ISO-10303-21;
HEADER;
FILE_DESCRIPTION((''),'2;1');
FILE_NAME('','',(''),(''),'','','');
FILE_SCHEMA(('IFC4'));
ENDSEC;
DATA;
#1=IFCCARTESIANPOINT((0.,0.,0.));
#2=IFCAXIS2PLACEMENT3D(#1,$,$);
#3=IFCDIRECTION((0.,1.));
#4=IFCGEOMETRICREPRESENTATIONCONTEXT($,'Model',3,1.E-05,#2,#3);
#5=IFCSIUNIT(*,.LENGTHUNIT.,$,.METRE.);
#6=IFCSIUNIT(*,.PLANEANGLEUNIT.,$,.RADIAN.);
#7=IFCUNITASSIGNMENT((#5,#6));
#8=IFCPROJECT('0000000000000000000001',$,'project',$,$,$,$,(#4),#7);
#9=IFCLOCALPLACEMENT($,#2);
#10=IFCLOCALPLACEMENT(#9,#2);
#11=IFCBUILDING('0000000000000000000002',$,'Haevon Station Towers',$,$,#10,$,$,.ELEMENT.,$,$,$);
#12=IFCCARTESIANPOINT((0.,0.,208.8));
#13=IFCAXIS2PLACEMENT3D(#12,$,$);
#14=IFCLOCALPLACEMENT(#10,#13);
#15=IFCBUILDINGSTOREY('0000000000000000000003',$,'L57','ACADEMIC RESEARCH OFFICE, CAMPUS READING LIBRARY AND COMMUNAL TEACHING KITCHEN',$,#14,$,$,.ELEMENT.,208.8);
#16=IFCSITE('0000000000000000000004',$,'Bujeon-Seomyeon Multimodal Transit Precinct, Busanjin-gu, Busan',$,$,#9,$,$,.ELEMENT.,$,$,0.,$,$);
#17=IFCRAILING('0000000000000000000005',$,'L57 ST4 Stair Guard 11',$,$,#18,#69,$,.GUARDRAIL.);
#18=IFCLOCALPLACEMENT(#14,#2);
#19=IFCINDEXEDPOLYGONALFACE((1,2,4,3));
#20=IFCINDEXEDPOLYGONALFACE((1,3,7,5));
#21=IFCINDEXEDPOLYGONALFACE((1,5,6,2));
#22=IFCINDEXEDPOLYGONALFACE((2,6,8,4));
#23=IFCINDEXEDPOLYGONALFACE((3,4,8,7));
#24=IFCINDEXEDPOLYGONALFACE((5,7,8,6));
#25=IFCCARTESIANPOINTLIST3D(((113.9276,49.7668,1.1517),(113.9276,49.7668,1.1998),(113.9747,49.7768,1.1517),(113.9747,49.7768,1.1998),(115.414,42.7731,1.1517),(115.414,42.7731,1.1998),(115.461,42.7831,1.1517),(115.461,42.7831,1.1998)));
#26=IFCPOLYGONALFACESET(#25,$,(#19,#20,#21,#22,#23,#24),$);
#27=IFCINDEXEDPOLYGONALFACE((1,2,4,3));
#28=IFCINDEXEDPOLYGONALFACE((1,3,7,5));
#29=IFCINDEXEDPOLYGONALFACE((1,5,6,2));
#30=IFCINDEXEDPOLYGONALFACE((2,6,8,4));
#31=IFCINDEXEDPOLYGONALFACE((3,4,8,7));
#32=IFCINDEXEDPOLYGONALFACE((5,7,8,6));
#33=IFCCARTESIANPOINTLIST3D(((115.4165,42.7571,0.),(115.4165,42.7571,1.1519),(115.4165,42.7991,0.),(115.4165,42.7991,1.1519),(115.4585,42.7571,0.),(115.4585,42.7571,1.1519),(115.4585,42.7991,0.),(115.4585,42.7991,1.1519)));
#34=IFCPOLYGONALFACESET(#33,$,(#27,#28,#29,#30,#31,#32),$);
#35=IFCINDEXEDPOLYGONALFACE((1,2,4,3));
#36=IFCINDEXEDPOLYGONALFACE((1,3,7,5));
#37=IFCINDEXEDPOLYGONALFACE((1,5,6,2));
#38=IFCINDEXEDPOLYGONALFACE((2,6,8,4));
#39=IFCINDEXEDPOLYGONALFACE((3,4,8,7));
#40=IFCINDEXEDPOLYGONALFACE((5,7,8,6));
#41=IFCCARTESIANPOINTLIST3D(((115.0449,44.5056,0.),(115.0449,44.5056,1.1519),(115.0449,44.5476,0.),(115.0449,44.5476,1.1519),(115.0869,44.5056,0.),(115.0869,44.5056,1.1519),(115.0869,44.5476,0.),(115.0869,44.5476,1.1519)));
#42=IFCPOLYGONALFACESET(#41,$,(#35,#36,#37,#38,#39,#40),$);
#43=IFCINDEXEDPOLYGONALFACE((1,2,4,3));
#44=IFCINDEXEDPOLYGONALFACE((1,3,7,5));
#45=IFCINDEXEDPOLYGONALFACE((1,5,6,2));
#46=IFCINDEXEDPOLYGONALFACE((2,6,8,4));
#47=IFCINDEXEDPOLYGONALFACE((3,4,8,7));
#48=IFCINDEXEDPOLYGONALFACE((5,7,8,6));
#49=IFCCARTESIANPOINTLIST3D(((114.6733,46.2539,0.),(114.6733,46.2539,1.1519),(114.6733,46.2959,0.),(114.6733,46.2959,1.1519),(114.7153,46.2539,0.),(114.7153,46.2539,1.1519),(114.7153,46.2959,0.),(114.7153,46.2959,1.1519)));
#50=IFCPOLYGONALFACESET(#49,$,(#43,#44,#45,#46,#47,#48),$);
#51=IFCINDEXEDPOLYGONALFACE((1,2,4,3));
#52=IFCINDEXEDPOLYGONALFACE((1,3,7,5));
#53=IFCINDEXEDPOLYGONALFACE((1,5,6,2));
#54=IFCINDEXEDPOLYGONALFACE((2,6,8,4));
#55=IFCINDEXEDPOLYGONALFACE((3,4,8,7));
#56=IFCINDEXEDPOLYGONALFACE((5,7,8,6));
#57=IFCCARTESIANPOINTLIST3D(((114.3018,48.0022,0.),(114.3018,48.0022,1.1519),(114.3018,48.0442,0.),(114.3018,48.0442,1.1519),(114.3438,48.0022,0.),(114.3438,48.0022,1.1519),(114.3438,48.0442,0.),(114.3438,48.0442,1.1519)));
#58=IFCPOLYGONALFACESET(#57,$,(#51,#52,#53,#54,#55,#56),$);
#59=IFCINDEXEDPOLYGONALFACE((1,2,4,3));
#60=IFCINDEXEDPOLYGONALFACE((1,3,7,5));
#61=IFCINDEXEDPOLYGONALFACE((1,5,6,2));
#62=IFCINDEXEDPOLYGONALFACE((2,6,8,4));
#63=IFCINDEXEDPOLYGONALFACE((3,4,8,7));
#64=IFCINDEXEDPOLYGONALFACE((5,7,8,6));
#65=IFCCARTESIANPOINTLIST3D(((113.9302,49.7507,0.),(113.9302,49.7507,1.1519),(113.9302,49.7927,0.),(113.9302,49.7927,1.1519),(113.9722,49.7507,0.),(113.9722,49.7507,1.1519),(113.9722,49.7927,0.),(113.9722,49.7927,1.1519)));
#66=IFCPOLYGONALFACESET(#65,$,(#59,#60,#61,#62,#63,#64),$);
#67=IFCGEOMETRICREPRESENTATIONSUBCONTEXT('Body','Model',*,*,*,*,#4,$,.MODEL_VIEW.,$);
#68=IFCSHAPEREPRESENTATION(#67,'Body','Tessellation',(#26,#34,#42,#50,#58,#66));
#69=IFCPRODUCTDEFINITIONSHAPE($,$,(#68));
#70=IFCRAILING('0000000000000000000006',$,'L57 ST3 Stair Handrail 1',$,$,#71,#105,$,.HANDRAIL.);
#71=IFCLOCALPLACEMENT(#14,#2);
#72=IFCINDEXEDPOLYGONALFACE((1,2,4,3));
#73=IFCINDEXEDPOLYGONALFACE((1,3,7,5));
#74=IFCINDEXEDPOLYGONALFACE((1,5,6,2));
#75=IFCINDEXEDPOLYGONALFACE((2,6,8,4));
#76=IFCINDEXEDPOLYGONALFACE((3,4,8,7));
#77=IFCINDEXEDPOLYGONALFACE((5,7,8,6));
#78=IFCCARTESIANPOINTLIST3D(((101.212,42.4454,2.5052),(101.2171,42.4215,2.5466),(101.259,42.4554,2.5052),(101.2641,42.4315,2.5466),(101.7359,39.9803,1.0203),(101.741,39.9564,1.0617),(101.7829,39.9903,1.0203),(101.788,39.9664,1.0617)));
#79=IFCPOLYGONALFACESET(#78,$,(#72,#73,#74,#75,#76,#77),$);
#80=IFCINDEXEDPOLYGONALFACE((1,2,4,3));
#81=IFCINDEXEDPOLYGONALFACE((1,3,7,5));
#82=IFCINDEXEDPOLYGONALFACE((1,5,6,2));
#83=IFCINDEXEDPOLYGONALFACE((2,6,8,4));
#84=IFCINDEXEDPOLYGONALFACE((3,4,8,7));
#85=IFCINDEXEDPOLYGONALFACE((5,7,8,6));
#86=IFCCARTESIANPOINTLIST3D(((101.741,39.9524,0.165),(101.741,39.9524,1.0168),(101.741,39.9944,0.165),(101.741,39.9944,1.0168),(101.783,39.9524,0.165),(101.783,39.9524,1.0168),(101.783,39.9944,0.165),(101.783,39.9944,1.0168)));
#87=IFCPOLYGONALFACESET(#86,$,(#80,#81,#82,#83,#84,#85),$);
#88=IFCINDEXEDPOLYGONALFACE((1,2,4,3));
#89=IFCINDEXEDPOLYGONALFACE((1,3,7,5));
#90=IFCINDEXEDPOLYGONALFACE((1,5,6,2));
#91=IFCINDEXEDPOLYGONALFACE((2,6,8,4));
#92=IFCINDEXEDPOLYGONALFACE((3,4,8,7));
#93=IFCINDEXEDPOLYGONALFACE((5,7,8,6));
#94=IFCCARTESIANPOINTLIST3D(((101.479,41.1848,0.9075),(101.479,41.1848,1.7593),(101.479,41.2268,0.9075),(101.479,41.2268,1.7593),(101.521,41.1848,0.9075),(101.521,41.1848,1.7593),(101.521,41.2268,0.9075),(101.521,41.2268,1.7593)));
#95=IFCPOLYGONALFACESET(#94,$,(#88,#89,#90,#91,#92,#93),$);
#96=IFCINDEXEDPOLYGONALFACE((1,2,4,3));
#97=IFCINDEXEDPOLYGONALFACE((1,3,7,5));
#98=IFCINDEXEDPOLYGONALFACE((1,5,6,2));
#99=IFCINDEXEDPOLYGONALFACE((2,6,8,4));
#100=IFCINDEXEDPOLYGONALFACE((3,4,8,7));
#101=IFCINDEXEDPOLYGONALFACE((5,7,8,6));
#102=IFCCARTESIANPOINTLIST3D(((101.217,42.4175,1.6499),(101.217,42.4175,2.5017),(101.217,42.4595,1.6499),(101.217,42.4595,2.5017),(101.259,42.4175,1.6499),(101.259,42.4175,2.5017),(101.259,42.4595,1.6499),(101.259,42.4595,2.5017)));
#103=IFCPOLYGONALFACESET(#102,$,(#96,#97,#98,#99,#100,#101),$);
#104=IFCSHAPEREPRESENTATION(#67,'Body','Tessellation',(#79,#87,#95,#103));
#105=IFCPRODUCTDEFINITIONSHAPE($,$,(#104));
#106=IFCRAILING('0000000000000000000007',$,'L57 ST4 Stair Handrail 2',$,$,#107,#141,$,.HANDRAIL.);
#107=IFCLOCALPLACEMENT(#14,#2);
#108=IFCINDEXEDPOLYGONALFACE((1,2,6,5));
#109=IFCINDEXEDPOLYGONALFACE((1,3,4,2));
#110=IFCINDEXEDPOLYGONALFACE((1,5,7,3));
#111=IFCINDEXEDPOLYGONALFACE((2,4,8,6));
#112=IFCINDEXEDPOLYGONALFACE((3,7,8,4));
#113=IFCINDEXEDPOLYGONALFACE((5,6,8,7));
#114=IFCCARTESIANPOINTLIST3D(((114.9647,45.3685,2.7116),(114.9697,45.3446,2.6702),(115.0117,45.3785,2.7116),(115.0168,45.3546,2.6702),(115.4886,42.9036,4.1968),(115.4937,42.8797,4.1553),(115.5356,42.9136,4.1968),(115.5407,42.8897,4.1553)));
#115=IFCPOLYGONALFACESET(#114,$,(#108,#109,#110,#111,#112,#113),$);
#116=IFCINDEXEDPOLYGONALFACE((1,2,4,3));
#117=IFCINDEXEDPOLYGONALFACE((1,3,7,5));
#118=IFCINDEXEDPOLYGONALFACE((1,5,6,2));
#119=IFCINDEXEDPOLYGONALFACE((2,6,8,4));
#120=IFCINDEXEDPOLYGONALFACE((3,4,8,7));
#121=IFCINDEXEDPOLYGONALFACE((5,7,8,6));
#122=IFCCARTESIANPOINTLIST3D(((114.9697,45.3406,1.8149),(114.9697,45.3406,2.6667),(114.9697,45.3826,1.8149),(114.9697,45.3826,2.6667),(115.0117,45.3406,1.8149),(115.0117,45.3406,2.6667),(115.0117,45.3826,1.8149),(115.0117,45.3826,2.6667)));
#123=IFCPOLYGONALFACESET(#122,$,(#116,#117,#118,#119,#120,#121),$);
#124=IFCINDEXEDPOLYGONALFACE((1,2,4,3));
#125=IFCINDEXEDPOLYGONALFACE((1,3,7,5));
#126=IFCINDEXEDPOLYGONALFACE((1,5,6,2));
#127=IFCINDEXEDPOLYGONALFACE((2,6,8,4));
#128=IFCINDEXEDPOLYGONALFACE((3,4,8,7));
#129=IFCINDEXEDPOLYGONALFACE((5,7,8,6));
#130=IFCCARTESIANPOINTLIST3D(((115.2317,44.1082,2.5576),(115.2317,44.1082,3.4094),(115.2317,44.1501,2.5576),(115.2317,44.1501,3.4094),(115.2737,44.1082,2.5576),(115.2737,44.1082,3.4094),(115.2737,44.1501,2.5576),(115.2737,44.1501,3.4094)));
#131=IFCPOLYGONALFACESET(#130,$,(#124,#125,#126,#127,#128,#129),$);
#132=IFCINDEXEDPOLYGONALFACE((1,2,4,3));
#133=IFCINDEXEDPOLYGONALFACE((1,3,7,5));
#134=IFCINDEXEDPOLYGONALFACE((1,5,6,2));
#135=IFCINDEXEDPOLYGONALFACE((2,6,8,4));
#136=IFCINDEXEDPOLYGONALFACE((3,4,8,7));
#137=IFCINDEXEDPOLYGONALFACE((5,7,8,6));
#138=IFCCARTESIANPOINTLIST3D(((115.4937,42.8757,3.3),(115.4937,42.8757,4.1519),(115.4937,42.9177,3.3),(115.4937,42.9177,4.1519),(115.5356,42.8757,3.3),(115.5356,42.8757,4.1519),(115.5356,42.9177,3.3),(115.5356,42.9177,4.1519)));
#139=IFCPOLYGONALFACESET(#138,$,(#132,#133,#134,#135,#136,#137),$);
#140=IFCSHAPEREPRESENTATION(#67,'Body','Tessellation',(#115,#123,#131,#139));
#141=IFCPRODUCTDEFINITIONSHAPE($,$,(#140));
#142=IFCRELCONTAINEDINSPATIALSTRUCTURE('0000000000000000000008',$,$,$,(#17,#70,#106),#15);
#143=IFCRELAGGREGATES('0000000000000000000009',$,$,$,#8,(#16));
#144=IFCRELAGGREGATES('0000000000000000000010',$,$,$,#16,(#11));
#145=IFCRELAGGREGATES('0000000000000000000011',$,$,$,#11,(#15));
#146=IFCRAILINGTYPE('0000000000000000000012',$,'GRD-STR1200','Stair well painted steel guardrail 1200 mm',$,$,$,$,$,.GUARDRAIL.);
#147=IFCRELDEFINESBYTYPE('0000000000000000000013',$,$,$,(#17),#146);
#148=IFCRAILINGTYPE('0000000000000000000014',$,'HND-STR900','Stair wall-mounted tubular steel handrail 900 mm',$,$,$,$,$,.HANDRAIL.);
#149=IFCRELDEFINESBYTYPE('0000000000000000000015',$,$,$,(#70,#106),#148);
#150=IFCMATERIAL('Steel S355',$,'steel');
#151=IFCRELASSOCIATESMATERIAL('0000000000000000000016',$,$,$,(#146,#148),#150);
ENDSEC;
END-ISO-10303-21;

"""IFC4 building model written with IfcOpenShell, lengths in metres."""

from ifc_helpers import new_model, si_unit, direction, frame, origin, origin_2d, place, context, subcontext, project, spatial, rectangle, extrude, material, type_object, element, save


model = new_model("IFC4")

# Units and contexts
model_context = context("Model", 3, precision=1e-05, world=origin(), true_north=direction((0.0, 1.0)))
body_context = subcontext(model_context, "Body", "Model", "MODEL_VIEW")
ifc_project = project(units=[si_unit("LENGTHUNIT", "METRE"), si_unit("PLANEANGLEUNIT", "RADIAN")], contexts=[model_context])

# Site, building, storey
site_placement = place(None, origin())
site = spatial("IfcSite", under=ifc_project, at=site_placement, Name="Bujeon-Seomyeon Multimodal Transit Precinct, Busanjin-gu, Busan", CompositionType="ELEMENT", RefElevation=0.0)
building_placement = place(site_placement, origin())
building = spatial("IfcBuilding", under=site, at=building_placement, Name="Haevon Station Towers", CompositionType="ELEMENT")
storey_placement = place(building_placement, frame((0.0, 0.0, 208.8)))
storey = spatial("IfcBuildingStorey", under=building, at=storey_placement, Name="L57", Description="ACADEMIC RESEARCH OFFICE, CAMPUS READING LIBRARY AND COMMUNAL TEACHING KITCHEN", CompositionType="ELEMENT", Elevation=208.8)

# Shared definitions
ifc_material_1 = material(Name="Steel S355", Category="steel")

# Railings
railing_type_1 = type_object("IfcRailingType", Name="GRD-STR1200", Description="Stair well painted steel guardrail 1200 mm", PredefinedType="GUARDRAIL", material=ifc_material_1)
railing_1_placement = place(storey_placement, frame((115.4375, 42.7781, 0.0)))
element("IfcRailing", 1, at=railing_1_placement, inside=storey, type_object=railing_type_1, Name="L57 ST4 Stair Guard 11", PredefinedType="GUARDRAIL", context=body_context, shape_type="SweptSolid", body=[
    extrude(rectangle(XDim=0.0481, YDim=0.0481, at=origin_2d()), frame((0.0, 0.0, 1.1758), z_axis=(-0.207882, 0.978154, 0.0), x_axis=(-0.978154, -0.207882, 0.0)), (0.0, 0.0, 1.0), 7.1499),
    extrude(rectangle(XDim=0.042, YDim=0.042, at=origin_2d()), origin(), (0.0, 0.0, 1.0), 1.1519),
    extrude(rectangle(XDim=0.042, YDim=0.042, at=origin_2d()), frame((-0.3716, 1.7485, 0.0)), (0.0, 0.0, 1.0), 1.1519),
    extrude(rectangle(XDim=0.042, YDim=0.042, at=origin_2d()), frame((-0.7432, 3.4968, 0.0)), (0.0, 0.0, 1.0), 1.1519),
    extrude(rectangle(XDim=0.042, YDim=0.042, at=origin_2d()), frame((-1.1147, 5.2451, 0.0)), (0.0, 0.0, 1.0), 1.1519),
    extrude(rectangle(XDim=0.042, YDim=0.042, at=origin_2d()), frame((-1.4863, 6.9937, 0.0)), (0.0, 0.0, 1.0), 1.1519),
])
railing_type_2 = type_object("IfcRailingType", Name="HND-STR900", Description="Stair wall-mounted tubular steel handrail 900 mm", PredefinedType="HANDRAIL", material=ifc_material_1)
railing_2_placement = place(storey_placement, frame((101.762, 39.9734, 0.165)))
element("IfcRailing", 2, at=railing_2_placement, inside=storey, type_object=railing_type_2, Name="L57 ST3 Stair Handrail 1", PredefinedType="HANDRAIL", context=body_context, shape_type="SweptSolid", body=[
    extrude(rectangle(XDim=0.0481, YDim=0.0481, at=origin_2d()), frame((0.0, 0.0, 0.876), z_axis=(-0.179116, 0.842748, 0.507635), x_axis=(-0.978151, -0.207895, 0.0)), (0.0, 0.0, 1.0), 2.925),
    extrude(rectangle(XDim=0.042, YDim=0.042, at=origin_2d()), origin(), (0.0, 0.0, 1.0), 0.8518),
    extrude(rectangle(XDim=0.042, YDim=0.042, at=origin_2d()), frame((-0.262, 1.2324, 0.7424)), (0.0, 0.0, 1.0), 0.8518),
    extrude(rectangle(XDim=0.042, YDim=0.042, at=origin_2d()), frame((-0.5239, 2.4651, 1.4849)), (0.0, 0.0, 1.0), 0.8518),
])
railing_3_placement = place(storey_placement, frame((114.9907, 45.3616, 1.8149)))
element("IfcRailing", 3, at=railing_3_placement, inside=storey, type_object=railing_type_2, Name="L57 ST4 Stair Handrail 2", PredefinedType="HANDRAIL", context=body_context, shape_type="SweptSolid", body=[
    extrude(rectangle(XDim=0.0481, YDim=0.0481, at=origin_2d()), frame((0.0, 0.0, 0.876), z_axis=(0.179121, -0.842688, 0.507733), x_axis=(0.978147, 0.207914, 0.0)), (0.0, 0.0, 1.0), 2.925),
    extrude(rectangle(XDim=0.042, YDim=0.042, at=origin_2d()), origin(), (0.0, 0.0, 1.0), 0.8518),
    extrude(rectangle(XDim=0.042, YDim=0.042, at=origin_2d()), frame((0.262, -1.2324, 0.7427)), (0.0, 0.0, 1.0), 0.8518),
    extrude(rectangle(XDim=0.042, YDim=0.042, at=origin_2d()), frame((0.5239, -2.4648, 1.4851)), (0.0, 0.0, 1.0), 0.8518),
])

save(model, "model.ifc")
